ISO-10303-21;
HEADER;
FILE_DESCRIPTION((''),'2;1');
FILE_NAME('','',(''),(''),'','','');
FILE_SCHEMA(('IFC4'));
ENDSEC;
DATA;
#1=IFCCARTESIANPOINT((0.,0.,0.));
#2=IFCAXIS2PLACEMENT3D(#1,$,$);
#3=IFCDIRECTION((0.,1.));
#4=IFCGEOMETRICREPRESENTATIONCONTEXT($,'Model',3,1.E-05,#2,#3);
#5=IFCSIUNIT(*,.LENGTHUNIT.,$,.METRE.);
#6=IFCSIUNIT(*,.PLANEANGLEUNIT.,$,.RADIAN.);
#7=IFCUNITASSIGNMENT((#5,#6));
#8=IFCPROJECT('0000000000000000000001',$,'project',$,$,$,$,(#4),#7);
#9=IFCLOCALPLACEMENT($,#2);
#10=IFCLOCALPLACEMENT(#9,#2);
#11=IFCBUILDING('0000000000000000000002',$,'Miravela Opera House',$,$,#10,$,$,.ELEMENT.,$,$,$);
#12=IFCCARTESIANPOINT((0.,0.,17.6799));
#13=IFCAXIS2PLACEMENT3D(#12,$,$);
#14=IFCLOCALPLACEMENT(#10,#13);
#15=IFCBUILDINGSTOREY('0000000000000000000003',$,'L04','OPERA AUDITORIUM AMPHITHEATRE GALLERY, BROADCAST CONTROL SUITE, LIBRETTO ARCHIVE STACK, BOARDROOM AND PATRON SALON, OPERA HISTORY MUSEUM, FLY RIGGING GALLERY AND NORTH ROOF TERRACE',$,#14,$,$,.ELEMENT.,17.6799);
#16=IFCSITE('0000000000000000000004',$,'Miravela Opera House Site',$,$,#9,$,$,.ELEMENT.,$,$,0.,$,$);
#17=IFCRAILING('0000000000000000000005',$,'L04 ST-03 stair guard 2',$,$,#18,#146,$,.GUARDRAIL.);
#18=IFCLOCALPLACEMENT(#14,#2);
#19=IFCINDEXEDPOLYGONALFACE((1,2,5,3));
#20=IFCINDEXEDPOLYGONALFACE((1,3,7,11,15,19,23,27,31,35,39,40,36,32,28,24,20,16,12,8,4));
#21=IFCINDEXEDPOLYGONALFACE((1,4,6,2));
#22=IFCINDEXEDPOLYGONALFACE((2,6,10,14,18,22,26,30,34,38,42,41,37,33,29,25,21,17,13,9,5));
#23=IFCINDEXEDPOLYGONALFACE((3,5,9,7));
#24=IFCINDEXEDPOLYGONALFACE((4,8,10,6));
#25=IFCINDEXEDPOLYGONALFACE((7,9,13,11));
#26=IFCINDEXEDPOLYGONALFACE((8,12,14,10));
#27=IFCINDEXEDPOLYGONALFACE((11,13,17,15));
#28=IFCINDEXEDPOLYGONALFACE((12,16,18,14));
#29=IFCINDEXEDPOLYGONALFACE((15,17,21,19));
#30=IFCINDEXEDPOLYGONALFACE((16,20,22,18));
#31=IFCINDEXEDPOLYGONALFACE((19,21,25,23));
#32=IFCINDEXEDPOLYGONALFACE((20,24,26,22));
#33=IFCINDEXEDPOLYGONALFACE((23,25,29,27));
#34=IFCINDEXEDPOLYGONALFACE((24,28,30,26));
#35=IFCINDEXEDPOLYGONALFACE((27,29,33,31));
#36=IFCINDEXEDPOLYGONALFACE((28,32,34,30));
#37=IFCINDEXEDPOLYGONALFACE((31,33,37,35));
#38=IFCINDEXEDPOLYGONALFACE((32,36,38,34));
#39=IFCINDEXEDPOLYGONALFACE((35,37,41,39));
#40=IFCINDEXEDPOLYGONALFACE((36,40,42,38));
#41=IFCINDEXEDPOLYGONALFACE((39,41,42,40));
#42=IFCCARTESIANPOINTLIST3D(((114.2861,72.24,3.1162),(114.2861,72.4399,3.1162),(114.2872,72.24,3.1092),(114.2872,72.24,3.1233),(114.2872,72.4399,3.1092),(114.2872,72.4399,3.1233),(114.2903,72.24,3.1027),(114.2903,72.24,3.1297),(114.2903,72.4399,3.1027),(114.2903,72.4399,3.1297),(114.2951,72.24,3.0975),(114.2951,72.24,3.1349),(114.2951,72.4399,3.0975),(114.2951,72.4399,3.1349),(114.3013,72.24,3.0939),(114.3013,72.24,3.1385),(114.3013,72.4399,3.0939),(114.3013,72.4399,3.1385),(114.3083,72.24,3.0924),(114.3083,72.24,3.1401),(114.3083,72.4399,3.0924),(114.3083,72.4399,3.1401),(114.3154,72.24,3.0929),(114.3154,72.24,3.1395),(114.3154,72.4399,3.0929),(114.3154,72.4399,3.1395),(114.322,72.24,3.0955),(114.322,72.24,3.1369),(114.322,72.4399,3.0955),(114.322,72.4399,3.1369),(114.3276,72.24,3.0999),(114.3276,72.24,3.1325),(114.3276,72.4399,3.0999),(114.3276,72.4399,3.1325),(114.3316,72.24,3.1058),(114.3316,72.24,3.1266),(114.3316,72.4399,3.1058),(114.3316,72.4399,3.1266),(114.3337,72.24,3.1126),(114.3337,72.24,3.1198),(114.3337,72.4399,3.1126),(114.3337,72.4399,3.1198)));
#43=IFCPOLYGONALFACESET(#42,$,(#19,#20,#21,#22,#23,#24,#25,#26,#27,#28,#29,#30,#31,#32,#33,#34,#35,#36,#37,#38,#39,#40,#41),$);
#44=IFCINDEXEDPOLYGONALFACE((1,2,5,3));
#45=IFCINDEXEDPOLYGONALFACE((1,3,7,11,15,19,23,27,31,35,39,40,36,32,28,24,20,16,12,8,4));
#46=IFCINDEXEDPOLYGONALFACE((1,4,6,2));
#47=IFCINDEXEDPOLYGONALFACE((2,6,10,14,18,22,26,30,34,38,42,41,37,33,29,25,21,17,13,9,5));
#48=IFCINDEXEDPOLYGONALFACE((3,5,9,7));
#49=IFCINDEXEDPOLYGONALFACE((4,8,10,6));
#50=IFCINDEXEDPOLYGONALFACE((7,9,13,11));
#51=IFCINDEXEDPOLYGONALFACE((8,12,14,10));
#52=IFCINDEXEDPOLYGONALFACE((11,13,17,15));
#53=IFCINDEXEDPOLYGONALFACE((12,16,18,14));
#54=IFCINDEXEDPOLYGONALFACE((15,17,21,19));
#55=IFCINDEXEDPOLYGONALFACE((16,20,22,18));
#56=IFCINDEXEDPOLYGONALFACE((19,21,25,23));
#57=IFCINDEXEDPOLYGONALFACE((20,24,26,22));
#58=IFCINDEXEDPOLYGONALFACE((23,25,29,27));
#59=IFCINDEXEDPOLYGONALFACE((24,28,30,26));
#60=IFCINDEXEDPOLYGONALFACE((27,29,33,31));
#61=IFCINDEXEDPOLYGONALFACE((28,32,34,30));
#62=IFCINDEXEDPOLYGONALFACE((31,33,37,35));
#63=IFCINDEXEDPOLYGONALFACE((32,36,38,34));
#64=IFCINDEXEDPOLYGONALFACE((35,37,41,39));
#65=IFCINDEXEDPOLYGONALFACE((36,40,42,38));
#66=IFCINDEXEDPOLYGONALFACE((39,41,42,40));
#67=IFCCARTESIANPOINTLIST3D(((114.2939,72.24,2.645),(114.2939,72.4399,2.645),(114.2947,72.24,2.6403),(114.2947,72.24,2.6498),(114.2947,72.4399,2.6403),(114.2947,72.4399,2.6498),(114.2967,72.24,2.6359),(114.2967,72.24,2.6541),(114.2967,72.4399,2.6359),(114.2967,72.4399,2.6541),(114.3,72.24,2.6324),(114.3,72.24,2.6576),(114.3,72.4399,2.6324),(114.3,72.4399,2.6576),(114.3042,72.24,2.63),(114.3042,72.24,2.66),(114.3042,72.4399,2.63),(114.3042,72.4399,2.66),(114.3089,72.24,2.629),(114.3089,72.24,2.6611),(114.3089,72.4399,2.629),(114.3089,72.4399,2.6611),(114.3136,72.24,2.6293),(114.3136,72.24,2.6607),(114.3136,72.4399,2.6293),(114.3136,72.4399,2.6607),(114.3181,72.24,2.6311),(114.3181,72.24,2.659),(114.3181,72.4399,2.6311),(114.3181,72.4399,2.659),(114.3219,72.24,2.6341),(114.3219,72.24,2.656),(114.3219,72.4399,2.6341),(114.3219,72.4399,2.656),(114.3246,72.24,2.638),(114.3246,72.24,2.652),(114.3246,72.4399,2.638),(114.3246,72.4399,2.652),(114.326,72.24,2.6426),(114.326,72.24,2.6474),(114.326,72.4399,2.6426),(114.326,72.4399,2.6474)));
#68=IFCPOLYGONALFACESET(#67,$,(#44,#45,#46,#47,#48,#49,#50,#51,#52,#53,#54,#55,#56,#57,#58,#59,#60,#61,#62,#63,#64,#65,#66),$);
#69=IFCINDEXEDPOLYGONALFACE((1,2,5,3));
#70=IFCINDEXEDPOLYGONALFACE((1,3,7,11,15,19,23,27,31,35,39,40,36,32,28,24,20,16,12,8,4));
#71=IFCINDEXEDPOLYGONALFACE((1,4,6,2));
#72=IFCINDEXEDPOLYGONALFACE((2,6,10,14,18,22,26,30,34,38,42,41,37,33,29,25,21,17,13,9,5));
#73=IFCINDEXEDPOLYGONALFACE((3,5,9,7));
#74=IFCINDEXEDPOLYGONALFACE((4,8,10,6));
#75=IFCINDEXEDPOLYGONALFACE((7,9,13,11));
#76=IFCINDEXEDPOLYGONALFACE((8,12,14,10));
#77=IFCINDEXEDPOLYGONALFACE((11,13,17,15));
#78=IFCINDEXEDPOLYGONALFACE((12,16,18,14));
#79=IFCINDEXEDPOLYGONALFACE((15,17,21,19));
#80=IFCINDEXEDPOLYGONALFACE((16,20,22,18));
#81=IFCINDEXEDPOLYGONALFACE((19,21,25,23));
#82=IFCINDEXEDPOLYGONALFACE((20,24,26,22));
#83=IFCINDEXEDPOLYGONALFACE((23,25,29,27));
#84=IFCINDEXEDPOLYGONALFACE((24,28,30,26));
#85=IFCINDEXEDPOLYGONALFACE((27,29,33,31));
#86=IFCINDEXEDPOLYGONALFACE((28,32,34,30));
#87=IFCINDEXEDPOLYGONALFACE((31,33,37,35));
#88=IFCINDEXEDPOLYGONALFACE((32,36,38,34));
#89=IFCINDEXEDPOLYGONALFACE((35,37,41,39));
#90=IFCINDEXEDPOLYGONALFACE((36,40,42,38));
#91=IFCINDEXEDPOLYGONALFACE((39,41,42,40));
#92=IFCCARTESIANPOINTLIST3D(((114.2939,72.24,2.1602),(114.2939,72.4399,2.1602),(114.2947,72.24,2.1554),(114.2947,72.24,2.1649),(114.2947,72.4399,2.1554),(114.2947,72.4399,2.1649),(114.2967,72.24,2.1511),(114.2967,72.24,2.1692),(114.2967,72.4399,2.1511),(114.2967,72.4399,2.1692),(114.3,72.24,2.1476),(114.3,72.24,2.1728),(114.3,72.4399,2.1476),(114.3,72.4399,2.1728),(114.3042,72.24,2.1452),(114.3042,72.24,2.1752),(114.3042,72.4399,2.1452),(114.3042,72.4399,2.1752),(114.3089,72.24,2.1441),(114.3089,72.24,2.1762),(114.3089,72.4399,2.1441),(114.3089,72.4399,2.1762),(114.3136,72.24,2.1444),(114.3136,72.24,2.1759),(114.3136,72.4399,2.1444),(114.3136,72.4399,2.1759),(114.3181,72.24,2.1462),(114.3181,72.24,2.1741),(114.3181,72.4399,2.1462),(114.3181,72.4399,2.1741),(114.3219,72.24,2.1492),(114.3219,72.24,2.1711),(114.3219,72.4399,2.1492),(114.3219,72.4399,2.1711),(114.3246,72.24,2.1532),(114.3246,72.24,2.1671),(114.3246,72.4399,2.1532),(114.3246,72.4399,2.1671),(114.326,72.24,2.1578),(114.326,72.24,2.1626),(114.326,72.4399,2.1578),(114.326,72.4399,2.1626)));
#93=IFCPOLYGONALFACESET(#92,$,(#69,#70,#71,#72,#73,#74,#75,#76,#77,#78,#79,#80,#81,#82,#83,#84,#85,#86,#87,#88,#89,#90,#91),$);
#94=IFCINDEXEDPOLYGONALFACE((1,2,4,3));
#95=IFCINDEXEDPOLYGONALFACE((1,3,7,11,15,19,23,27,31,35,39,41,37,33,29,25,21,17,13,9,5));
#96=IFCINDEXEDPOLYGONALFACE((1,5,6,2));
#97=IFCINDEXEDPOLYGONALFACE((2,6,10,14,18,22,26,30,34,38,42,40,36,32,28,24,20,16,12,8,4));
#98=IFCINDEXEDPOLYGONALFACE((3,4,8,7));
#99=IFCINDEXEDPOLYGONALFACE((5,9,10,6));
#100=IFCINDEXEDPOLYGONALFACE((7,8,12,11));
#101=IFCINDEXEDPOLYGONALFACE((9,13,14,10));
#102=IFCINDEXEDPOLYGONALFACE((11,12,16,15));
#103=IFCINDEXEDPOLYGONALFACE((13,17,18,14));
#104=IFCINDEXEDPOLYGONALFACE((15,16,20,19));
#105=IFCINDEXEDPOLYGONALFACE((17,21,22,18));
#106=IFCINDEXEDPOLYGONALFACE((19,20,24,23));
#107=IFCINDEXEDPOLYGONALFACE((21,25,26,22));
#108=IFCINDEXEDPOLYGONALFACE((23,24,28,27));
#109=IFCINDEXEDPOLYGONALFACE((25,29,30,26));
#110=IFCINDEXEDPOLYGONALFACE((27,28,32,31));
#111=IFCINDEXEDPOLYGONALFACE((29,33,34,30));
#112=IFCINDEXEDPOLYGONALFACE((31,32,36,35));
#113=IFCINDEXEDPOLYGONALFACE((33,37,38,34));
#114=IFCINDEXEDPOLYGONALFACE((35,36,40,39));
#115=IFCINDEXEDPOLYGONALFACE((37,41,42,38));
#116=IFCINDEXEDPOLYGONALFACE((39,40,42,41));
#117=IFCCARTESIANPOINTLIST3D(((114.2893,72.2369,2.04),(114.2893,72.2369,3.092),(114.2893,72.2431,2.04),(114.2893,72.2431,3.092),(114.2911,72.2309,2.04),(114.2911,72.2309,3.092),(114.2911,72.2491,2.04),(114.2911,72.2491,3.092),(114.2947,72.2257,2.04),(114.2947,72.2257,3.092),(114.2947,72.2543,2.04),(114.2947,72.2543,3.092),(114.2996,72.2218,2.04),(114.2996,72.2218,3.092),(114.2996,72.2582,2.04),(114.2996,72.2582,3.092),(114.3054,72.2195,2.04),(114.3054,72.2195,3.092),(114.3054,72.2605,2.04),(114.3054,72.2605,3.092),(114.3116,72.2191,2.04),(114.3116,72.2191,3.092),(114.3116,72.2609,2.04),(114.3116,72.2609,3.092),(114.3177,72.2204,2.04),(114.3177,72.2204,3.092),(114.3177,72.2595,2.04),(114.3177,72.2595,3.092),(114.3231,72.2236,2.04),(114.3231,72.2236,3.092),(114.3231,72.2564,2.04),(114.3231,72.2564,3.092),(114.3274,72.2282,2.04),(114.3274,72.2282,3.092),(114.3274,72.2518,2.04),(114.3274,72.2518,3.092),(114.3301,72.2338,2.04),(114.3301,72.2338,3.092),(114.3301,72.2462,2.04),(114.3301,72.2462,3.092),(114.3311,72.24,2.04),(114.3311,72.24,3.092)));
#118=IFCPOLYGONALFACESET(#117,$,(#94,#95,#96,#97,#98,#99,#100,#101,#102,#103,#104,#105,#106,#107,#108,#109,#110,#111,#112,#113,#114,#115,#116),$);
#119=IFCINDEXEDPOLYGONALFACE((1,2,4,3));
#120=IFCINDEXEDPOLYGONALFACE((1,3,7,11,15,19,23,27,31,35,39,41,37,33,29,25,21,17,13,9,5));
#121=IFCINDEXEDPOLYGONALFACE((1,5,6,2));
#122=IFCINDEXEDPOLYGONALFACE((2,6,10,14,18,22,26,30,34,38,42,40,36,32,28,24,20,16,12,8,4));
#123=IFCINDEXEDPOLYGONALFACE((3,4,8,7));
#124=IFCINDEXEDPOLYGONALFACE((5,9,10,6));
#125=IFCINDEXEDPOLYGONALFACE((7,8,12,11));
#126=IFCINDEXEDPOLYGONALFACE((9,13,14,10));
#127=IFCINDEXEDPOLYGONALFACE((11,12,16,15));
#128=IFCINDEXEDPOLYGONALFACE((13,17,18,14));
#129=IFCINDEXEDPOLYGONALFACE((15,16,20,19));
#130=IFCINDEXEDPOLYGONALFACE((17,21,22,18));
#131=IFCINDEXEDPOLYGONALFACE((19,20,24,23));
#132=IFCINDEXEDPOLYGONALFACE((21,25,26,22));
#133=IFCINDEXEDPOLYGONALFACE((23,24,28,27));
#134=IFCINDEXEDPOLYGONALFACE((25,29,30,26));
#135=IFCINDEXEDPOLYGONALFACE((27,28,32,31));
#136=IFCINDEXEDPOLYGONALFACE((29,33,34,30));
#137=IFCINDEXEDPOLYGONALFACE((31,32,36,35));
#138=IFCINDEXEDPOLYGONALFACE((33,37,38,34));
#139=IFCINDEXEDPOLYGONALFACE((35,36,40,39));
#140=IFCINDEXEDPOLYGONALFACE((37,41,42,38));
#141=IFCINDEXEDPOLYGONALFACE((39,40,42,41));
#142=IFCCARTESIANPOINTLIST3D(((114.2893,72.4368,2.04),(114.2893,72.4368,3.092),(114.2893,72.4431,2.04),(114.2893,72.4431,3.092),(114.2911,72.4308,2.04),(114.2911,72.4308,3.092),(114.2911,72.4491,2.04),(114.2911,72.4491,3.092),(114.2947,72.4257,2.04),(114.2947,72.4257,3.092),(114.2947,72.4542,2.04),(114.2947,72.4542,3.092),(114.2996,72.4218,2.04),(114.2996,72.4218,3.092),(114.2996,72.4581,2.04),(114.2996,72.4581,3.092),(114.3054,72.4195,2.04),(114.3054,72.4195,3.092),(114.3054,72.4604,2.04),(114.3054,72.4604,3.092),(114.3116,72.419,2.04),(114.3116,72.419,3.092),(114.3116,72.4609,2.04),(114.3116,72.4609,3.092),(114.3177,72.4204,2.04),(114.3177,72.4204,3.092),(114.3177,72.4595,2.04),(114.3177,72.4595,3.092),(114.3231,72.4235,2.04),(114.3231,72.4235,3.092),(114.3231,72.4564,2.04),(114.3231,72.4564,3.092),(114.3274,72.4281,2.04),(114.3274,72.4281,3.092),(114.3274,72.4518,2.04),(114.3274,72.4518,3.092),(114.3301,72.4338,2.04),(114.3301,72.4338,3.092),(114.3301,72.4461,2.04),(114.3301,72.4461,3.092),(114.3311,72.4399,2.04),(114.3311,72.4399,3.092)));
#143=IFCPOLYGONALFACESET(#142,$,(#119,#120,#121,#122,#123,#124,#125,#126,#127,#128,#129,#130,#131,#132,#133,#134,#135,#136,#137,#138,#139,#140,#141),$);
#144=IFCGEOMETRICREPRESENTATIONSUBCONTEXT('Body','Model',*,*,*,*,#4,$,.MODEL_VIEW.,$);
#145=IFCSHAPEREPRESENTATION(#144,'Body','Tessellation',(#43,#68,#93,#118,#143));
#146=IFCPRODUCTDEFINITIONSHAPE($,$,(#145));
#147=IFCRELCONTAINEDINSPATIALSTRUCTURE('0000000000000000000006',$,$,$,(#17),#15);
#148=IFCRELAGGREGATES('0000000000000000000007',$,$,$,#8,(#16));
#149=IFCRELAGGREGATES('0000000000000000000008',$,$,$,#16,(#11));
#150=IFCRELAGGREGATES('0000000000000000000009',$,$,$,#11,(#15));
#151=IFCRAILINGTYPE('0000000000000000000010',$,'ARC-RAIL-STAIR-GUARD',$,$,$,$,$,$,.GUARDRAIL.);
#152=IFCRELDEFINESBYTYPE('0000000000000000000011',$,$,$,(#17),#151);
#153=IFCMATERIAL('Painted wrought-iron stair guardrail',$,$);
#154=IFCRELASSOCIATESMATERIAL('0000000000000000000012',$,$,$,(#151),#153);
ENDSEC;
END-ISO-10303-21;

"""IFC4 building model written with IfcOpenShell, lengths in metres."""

from ifc_helpers import new_model, si_unit, direction, frame, origin, origin_2d, place, context, subcontext, project, spatial, circle, extrude, material, type_object, element, save


model = new_model("IFC4")

# Units and contexts
model_context = context("Model", 3, precision=1e-05, world=origin(), true_north=direction((0.0, 1.0)))
body_context = subcontext(model_context, "Body", "Model", "MODEL_VIEW")
ifc_project = project(units=[si_unit("LENGTHUNIT", "METRE"), si_unit("PLANEANGLEUNIT", "RADIAN")], contexts=[model_context])

# Site, building, storey
site_placement = place(None, origin())
site = spatial("IfcSite", under=ifc_project, at=site_placement, Name="Miravela Opera House Site", CompositionType="ELEMENT", RefElevation=0.0)
building_placement = place(site_placement, origin())
building = spatial("IfcBuilding", under=site, at=building_placement, Name="Miravela Opera House", CompositionType="ELEMENT")
storey_placement = place(building_placement, frame((0.0, 0.0, 17.6799)))
storey = spatial("IfcBuildingStorey", under=building, at=storey_placement, Name="L04", Description="OPERA AUDITORIUM AMPHITHEATRE GALLERY, BROADCAST CONTROL SUITE, LIBRETTO ARCHIVE STACK, BOARDROOM AND PATRON SALON, OPERA HISTORY MUSEUM, FLY RIGGING GALLERY AND NORTH ROOF TERRACE", CompositionType="ELEMENT", Elevation=17.6799)

# Railing
ifc_material_1 = material(Name="Painted wrought-iron stair guardrail")
railing_type_1 = type_object("IfcRailingType", Name="ARC-RAIL-STAIR-GUARD", PredefinedType="GUARDRAIL", material=ifc_material_1)
railing_1_placement = place(storey_placement, frame((114.3101, 72.24, 2.04)))
element("IfcRailing", 1, at=railing_1_placement, inside=storey, type_object=railing_type_1, Name="L04 ST-03 stair guard 2", PredefinedType="GUARDRAIL", context=body_context, shape_type="SweptSolid", body=[
    extrude(circle(Radius=0.0239, at=origin_2d()), frame((0.0, 0.0, 1.0762), z_axis=(0.0, 1.0, 0.0), x_axis=(-1.0, 0.0, 0.0)), (0.0, 0.0, 1.0), 0.2),
    extrude(circle(Radius=0.0161, at=origin_2d()), frame((0.0, 0.0, 0.605), z_axis=(0.0, 1.0, 0.0), x_axis=(-1.0, 0.0, 0.0)), (0.0, 0.0, 1.0), 0.2),
    extrude(circle(Radius=0.0161, at=origin_2d()), frame((0.0, 0.0, 0.1201), z_axis=(0.0, 1.0, 0.0), x_axis=(-1.0, 0.0, 0.0)), (0.0, 0.0, 1.0), 0.2),
    extrude(circle(Radius=0.021, at=origin_2d()), origin(), (0.0, 0.0, 1.0), 1.052),
    extrude(circle(Radius=0.021, at=origin_2d()), frame((0.0, 0.2, 0.0)), (0.0, 0.0, 1.0), 1.052),
])

save(model, "model.ifc")
